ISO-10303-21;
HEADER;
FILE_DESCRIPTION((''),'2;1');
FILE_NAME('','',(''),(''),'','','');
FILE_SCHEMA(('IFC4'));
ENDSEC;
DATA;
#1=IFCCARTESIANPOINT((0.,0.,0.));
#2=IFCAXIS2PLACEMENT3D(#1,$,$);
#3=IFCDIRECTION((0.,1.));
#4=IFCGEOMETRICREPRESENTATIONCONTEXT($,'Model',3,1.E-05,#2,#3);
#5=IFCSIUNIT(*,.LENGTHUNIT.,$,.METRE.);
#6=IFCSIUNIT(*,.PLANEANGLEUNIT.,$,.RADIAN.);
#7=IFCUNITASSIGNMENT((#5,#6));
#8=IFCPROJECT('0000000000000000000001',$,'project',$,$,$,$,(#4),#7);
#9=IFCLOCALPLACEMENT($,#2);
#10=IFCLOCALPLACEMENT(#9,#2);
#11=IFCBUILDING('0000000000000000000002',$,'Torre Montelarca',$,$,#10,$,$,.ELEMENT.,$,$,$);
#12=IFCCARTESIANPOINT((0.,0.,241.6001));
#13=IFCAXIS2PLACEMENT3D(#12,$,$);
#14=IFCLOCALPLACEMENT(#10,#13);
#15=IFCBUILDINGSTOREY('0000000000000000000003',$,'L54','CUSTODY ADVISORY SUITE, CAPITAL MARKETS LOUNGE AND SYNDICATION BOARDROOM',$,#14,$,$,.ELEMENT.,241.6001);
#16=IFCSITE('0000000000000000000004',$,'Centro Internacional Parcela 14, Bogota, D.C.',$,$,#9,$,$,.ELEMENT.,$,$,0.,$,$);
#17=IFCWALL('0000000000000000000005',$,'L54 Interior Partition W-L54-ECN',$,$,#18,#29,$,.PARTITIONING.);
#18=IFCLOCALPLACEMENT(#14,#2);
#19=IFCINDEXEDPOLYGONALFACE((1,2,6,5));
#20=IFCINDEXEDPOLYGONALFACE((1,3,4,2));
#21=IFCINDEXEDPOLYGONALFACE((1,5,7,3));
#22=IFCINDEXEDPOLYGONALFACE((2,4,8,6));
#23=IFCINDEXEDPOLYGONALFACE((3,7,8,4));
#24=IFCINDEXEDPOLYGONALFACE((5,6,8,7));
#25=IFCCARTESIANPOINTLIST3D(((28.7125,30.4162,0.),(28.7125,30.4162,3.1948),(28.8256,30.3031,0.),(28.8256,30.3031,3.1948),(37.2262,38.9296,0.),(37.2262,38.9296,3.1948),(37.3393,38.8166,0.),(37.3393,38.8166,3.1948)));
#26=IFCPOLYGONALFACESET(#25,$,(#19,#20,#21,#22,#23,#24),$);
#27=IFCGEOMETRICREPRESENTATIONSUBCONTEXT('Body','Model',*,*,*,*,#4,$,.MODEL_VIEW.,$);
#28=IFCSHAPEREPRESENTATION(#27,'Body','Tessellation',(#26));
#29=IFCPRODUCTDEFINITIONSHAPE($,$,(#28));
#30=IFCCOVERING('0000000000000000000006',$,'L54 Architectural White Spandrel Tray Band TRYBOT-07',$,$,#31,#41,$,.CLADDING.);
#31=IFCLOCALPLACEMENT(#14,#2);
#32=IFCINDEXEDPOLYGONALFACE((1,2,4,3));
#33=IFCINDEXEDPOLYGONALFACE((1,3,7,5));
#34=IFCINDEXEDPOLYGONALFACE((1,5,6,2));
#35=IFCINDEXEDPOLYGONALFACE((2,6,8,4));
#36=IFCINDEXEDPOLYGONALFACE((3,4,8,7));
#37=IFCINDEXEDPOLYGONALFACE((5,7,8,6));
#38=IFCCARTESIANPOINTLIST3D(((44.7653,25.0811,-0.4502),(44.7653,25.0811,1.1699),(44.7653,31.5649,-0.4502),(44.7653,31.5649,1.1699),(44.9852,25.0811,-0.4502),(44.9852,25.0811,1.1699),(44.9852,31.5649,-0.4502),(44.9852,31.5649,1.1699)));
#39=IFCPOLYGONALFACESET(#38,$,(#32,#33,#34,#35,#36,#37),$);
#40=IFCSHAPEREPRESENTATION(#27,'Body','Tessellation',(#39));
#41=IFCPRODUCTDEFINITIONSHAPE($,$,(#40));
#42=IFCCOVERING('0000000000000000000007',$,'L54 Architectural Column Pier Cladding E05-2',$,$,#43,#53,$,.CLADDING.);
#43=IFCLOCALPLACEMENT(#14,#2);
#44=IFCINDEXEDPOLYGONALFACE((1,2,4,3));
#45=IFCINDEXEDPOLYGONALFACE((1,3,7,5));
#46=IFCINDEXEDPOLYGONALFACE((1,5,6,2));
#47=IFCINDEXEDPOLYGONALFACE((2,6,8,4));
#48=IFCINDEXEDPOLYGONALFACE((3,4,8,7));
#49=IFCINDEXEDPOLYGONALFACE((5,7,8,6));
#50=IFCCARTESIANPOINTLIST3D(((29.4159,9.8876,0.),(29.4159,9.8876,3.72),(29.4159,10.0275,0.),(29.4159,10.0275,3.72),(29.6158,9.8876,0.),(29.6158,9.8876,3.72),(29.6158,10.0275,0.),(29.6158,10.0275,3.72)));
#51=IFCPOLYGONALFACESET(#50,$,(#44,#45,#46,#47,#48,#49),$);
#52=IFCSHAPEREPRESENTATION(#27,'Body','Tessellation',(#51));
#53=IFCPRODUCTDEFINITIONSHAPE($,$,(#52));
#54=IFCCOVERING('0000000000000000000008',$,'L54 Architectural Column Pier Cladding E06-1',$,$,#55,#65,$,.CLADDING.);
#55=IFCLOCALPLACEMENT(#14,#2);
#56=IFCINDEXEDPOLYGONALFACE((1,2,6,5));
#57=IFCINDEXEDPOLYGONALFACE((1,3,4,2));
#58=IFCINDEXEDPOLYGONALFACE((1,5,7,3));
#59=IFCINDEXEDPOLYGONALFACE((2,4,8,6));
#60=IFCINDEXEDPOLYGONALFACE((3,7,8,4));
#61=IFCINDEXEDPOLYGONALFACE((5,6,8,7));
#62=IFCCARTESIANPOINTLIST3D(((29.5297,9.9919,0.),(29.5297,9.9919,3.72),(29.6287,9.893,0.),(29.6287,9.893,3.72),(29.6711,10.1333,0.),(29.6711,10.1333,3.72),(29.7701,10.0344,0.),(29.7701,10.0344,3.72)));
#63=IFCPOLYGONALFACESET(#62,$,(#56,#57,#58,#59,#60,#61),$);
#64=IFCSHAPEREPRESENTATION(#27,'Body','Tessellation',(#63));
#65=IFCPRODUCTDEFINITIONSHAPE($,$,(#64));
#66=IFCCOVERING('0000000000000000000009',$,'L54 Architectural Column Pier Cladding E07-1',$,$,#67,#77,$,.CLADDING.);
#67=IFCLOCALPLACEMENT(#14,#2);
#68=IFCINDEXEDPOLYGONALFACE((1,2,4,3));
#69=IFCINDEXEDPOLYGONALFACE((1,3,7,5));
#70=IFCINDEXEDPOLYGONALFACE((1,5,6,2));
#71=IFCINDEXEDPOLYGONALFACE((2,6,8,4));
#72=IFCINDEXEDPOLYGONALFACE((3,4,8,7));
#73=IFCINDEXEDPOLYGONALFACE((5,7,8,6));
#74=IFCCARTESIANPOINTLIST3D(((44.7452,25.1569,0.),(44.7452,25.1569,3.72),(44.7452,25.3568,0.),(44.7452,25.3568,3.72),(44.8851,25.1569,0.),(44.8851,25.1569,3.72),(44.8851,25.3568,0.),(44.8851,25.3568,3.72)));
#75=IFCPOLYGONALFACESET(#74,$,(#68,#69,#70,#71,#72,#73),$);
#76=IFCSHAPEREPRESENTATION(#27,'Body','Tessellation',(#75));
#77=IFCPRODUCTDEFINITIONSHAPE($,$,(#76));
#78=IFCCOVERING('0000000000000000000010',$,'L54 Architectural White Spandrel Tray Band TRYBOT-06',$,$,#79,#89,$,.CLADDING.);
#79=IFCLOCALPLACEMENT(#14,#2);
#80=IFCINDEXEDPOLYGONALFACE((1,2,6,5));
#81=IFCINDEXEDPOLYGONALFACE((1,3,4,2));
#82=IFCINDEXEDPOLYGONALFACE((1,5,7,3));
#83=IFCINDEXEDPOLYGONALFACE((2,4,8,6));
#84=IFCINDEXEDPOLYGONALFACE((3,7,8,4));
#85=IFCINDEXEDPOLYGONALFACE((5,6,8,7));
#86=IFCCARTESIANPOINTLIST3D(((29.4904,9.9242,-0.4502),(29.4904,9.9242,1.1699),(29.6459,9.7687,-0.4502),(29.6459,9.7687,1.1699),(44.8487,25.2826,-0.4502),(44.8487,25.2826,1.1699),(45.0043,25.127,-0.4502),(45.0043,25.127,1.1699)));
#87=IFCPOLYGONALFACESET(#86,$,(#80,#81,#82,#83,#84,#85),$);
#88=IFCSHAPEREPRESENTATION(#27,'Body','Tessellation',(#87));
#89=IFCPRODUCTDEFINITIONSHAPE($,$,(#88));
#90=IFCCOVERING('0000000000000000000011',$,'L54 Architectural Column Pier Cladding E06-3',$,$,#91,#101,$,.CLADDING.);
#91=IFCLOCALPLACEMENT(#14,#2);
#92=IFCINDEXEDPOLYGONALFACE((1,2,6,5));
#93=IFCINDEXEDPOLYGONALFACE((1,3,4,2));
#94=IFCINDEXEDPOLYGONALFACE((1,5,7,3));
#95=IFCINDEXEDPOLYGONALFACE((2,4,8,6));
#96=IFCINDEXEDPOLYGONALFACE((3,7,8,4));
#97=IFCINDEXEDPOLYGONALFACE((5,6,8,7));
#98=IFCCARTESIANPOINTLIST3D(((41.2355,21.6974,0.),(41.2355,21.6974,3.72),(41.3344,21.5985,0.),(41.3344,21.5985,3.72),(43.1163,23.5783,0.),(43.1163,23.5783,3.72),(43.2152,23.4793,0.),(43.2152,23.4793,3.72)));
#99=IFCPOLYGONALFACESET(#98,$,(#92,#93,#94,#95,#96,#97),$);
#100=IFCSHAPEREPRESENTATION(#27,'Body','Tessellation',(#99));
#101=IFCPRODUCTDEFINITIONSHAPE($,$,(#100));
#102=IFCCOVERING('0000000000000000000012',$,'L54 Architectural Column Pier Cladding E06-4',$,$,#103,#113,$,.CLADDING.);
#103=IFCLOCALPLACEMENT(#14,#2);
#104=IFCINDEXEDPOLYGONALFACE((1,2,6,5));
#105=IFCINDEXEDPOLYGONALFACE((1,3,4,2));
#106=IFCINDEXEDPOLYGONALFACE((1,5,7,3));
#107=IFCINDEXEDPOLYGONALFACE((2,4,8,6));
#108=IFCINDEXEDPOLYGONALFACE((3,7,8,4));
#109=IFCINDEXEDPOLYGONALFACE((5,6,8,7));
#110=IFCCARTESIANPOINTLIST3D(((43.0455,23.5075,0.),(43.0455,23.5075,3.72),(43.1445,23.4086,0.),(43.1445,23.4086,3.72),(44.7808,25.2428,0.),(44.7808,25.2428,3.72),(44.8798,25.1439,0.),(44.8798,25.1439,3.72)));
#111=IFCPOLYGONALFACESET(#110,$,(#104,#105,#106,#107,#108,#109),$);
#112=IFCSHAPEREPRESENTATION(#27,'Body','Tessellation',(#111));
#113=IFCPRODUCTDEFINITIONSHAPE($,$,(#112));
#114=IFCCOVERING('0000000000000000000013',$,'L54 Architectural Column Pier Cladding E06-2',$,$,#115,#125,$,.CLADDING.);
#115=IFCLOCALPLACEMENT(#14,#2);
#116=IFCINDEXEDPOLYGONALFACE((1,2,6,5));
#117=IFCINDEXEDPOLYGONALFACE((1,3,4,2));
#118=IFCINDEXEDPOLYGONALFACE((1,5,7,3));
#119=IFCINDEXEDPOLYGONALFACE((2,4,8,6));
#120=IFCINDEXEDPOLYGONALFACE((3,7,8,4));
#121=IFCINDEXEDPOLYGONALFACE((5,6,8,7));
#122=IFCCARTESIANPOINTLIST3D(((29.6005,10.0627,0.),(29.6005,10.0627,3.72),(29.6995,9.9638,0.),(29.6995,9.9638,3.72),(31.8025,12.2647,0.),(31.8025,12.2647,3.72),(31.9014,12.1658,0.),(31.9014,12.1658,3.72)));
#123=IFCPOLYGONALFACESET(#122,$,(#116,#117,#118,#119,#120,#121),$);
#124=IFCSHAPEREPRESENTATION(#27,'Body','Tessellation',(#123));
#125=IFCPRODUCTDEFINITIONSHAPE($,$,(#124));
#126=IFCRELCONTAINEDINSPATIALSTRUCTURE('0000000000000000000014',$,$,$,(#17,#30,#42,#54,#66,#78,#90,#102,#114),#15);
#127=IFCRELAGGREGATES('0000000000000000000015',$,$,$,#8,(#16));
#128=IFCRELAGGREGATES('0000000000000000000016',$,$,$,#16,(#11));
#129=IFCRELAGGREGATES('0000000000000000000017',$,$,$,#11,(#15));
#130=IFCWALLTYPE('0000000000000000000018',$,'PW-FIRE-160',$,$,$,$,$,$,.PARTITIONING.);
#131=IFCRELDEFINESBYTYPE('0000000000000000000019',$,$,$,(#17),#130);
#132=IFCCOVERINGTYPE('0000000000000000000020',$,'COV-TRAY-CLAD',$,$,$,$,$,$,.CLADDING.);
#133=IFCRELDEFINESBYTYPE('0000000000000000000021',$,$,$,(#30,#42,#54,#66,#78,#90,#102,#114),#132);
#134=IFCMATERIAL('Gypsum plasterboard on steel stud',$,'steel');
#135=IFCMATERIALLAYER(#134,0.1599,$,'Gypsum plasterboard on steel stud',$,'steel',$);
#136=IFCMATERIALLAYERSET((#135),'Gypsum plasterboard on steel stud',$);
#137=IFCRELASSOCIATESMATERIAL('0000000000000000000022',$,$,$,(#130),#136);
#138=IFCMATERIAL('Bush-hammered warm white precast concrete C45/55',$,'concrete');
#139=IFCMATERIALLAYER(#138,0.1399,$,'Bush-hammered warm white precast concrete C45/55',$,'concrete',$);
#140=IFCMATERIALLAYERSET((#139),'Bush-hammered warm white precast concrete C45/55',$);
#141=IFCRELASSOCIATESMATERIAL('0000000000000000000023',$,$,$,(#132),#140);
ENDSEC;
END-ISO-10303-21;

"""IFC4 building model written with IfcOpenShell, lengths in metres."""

from ifc_helpers import new_model, si_unit, direction, frame, frame_2d, origin, origin_2d, place, context, subcontext, project, spatial, rectangle, extrude, source, transform, mapped, material, layer, layer_set, type_object, element, save


model = new_model("IFC4")

# Units and contexts
model_context = context("Model", 3, precision=1e-05, world=origin(), true_north=direction((0.0, 1.0)))
body_context = subcontext(model_context, "Body", "Model", "MODEL_VIEW")
ifc_project = project(units=[si_unit("LENGTHUNIT", "METRE"), si_unit("PLANEANGLEUNIT", "RADIAN")], contexts=[model_context])

# Site, building, storey
site_placement = place(None, origin())
site = spatial("IfcSite", under=ifc_project, at=site_placement, Name="Centro Internacional Parcela 14, Bogota, D.C.", CompositionType="ELEMENT", RefElevation=0.0)
building_placement = place(site_placement, origin())
building = spatial("IfcBuilding", under=site, at=building_placement, Name="Torre Montelarca", CompositionType="ELEMENT")
storey_placement = place(building_placement, frame((0.0, 0.0, 241.6001)))
storey = spatial("IfcBuildingStorey", under=building, at=storey_placement, Name="L54", Description="CUSTODY ADVISORY SUITE, CAPITAL MARKETS LOUNGE AND SYNDICATION BOARDROOM", CompositionType="ELEMENT", Elevation=241.6001)

# Wall
ifc_material_1 = material(Name="Gypsum plasterboard on steel stud", Category="steel")
ifc_layer_1 = layer(ifc_material_1, 0.1599, Name="Gypsum plasterboard on steel stud", Category="steel")
ifc_layer_set_1 = layer_set([ifc_layer_1], Name="Gypsum plasterboard on steel stud")
wall_type = type_object("IfcWallType", Name="PW-FIRE-160", PredefinedType="PARTITIONING", material=ifc_layer_set_1)
wall_placement = place(storey_placement, frame((28.769, 30.3596, 0.0), z_axis=(0.0, 0.0, 1.0), x_axis=(0.707117, 0.707097, 0.0)))
element("IfcWall", 1, at=wall_placement, inside=storey, type_object=wall_type, Name="L54 Interior Partition W-L54-ECN", PredefinedType="PARTITIONING", context=body_context, shape_type="SweptSolid", body=[
    extrude(rectangle(XDim=12.04, YDim=0.1599, at=frame_2d((6.02, 0.0))), origin(), (0.0, 0.0, 1.0), 3.1948),
])

# Coverings
ifc_material_2 = material(Name="Bush-hammered warm white precast concrete C45/55", Category="concrete")
ifc_layer_2 = layer(ifc_material_2, 0.1399, Name="Bush-hammered warm white precast concrete C45/55", Category="concrete")
ifc_layer_set_2 = layer_set([ifc_layer_2], Name="Bush-hammered warm white precast concrete C45/55")
covering_type = type_object("IfcCoveringType", Name="COV-TRAY-CLAD", PredefinedType="CLADDING", material=ifc_layer_set_2)
shared_shape_1 = source(origin(), body_context, "Body", "SweptSolid", [
    extrude(rectangle(XDim=6.4839, YDim=0.22, at=origin_2d()), origin(), (0.0, 0.0, 1.0), 1.6201),
])
covering_1_placement = place(storey_placement, frame((44.8752, 28.323, -0.4502), z_axis=(0.0, 0.0, 1.0), x_axis=(0.0, 1.0, 0.0)))
element("IfcCovering", 2, at=covering_1_placement, inside=storey, type_object=covering_type, Name="L54 Architectural White Spandrel Tray Band TRYBOT-07", PredefinedType="CLADDING", context=body_context, shape_type="MappedRepresentation", body=[
    mapped(shared_shape_1, transform((0.0, 0.0, 0.0), scale=1.0)),
])
shared_shape_2 = source(origin(), body_context, "Body", "SweptSolid", [
    extrude(rectangle(XDim=0.2, YDim=0.1399, at=origin_2d()), origin(), (0.0, 0.0, 1.0), 3.72),
])
for number, where, z_axis, x_axis, name in (
    (3, (29.5159, 9.9575, 0.0), (0.0, 0.0, 1.0), (1.0, 0.0, 0.0), "L54 Architectural Column Pier Cladding E05-2"),
    (4, (29.6499, 10.0132, 0.0), (0.0, 0.0, 1.0), (0.707107, 0.707107, 0.0), "L54 Architectural Column Pier Cladding E06-1"),
    (5, (44.8152, 25.2568, 0.0), (0.0, 0.0, 1.0), (0.0, 1.0, 0.0), "L54 Architectural Column Pier Cladding E07-1"),
):
    element("IfcCovering", number, at=place(storey_placement, frame(where, z_axis=z_axis, x_axis=x_axis)), inside=storey, type_object=covering_type, Name=name, PredefinedType="CLADDING", context=body_context, shape_type="MappedRepresentation", body=[
        mapped(shared_shape_2, transform((0.0, 0.0, 0.0), scale=1.0)),
    ])
shared_shape_3 = source(origin(), body_context, "Body", "SweptSolid", [
    extrude(rectangle(XDim=21.72, YDim=0.22, at=origin_2d()), origin(), (0.0, 0.0, 1.0), 1.6201),
])
covering_2_placement = place(storey_placement, frame((37.2473, 17.5256, -0.4502), z_axis=(0.0, 0.0, 1.0), x_axis=(0.707107, 0.707107, 0.0)))
element("IfcCovering", 6, at=covering_2_placement, inside=storey, type_object=covering_type, Name="L54 Architectural White Spandrel Tray Band TRYBOT-06", PredefinedType="CLADDING", context=body_context, shape_type="MappedRepresentation", body=[
    mapped(shared_shape_3, transform((0.0, 0.0, 0.0), scale=1.0)),
])
shared_shape_4 = source(origin(), body_context, "Body", "SweptSolid", [
    extrude(rectangle(XDim=2.6599, YDim=0.1399, at=origin_2d()), origin(), (0.0, 0.0, 1.0), 3.72),
])
covering_3_placement = place(storey_placement, frame((42.2253, 22.5884, 0.0), z_axis=(0.0, 0.0, 1.0), x_axis=(0.707107, 0.707107, 0.0)))
element("IfcCovering", 7, at=covering_3_placement, inside=storey, type_object=covering_type, Name="L54 Architectural Column Pier Cladding E06-3", PredefinedType="CLADDING", context=body_context, shape_type="MappedRepresentation", body=[
    mapped(shared_shape_4, transform((0.0, 0.0, 0.0), scale=1.0)),
])
shared_shape_5 = source(origin(), body_context, "Body", "SweptSolid", [
    extrude(rectangle(XDim=2.4541, YDim=0.1399, at=origin_2d()), origin(), (0.0, 0.0, 1.0), 3.72),
])
covering_4_placement = place(storey_placement, frame((43.9626, 24.3257, 0.0), z_axis=(0.0, 0.0, 1.0), x_axis=(0.707107, 0.707107, 0.0)))
element("IfcCovering", 8, at=covering_4_placement, inside=storey, type_object=covering_type, Name="L54 Architectural Column Pier Cladding E06-4", PredefinedType="CLADDING", context=body_context, shape_type="MappedRepresentation", body=[
    mapped(shared_shape_5, transform((0.0, 0.0, 0.0), scale=1.0)),
])
shared_shape_6 = source(origin(), body_context, "Body", "SweptSolid", [
    extrude(rectangle(XDim=3.114, YDim=0.1399, at=origin_2d()), origin(), (0.0, 0.0, 1.0), 3.72),
])
covering_5_placement = place(storey_placement, frame((30.751, 11.1143, 0.0), z_axis=(0.0, 0.0, 1.0), x_axis=(0.707107, 0.707107, 0.0)))
element("IfcCovering", 9, at=covering_5_placement, inside=storey, type_object=covering_type, Name="L54 Architectural Column Pier Cladding E06-2", PredefinedType="CLADDING", context=body_context, shape_type="MappedRepresentation", body=[
    mapped(shared_shape_6, transform((0.0, 0.0, 0.0), scale=1.0)),
])

save(model, "model.ifc")
